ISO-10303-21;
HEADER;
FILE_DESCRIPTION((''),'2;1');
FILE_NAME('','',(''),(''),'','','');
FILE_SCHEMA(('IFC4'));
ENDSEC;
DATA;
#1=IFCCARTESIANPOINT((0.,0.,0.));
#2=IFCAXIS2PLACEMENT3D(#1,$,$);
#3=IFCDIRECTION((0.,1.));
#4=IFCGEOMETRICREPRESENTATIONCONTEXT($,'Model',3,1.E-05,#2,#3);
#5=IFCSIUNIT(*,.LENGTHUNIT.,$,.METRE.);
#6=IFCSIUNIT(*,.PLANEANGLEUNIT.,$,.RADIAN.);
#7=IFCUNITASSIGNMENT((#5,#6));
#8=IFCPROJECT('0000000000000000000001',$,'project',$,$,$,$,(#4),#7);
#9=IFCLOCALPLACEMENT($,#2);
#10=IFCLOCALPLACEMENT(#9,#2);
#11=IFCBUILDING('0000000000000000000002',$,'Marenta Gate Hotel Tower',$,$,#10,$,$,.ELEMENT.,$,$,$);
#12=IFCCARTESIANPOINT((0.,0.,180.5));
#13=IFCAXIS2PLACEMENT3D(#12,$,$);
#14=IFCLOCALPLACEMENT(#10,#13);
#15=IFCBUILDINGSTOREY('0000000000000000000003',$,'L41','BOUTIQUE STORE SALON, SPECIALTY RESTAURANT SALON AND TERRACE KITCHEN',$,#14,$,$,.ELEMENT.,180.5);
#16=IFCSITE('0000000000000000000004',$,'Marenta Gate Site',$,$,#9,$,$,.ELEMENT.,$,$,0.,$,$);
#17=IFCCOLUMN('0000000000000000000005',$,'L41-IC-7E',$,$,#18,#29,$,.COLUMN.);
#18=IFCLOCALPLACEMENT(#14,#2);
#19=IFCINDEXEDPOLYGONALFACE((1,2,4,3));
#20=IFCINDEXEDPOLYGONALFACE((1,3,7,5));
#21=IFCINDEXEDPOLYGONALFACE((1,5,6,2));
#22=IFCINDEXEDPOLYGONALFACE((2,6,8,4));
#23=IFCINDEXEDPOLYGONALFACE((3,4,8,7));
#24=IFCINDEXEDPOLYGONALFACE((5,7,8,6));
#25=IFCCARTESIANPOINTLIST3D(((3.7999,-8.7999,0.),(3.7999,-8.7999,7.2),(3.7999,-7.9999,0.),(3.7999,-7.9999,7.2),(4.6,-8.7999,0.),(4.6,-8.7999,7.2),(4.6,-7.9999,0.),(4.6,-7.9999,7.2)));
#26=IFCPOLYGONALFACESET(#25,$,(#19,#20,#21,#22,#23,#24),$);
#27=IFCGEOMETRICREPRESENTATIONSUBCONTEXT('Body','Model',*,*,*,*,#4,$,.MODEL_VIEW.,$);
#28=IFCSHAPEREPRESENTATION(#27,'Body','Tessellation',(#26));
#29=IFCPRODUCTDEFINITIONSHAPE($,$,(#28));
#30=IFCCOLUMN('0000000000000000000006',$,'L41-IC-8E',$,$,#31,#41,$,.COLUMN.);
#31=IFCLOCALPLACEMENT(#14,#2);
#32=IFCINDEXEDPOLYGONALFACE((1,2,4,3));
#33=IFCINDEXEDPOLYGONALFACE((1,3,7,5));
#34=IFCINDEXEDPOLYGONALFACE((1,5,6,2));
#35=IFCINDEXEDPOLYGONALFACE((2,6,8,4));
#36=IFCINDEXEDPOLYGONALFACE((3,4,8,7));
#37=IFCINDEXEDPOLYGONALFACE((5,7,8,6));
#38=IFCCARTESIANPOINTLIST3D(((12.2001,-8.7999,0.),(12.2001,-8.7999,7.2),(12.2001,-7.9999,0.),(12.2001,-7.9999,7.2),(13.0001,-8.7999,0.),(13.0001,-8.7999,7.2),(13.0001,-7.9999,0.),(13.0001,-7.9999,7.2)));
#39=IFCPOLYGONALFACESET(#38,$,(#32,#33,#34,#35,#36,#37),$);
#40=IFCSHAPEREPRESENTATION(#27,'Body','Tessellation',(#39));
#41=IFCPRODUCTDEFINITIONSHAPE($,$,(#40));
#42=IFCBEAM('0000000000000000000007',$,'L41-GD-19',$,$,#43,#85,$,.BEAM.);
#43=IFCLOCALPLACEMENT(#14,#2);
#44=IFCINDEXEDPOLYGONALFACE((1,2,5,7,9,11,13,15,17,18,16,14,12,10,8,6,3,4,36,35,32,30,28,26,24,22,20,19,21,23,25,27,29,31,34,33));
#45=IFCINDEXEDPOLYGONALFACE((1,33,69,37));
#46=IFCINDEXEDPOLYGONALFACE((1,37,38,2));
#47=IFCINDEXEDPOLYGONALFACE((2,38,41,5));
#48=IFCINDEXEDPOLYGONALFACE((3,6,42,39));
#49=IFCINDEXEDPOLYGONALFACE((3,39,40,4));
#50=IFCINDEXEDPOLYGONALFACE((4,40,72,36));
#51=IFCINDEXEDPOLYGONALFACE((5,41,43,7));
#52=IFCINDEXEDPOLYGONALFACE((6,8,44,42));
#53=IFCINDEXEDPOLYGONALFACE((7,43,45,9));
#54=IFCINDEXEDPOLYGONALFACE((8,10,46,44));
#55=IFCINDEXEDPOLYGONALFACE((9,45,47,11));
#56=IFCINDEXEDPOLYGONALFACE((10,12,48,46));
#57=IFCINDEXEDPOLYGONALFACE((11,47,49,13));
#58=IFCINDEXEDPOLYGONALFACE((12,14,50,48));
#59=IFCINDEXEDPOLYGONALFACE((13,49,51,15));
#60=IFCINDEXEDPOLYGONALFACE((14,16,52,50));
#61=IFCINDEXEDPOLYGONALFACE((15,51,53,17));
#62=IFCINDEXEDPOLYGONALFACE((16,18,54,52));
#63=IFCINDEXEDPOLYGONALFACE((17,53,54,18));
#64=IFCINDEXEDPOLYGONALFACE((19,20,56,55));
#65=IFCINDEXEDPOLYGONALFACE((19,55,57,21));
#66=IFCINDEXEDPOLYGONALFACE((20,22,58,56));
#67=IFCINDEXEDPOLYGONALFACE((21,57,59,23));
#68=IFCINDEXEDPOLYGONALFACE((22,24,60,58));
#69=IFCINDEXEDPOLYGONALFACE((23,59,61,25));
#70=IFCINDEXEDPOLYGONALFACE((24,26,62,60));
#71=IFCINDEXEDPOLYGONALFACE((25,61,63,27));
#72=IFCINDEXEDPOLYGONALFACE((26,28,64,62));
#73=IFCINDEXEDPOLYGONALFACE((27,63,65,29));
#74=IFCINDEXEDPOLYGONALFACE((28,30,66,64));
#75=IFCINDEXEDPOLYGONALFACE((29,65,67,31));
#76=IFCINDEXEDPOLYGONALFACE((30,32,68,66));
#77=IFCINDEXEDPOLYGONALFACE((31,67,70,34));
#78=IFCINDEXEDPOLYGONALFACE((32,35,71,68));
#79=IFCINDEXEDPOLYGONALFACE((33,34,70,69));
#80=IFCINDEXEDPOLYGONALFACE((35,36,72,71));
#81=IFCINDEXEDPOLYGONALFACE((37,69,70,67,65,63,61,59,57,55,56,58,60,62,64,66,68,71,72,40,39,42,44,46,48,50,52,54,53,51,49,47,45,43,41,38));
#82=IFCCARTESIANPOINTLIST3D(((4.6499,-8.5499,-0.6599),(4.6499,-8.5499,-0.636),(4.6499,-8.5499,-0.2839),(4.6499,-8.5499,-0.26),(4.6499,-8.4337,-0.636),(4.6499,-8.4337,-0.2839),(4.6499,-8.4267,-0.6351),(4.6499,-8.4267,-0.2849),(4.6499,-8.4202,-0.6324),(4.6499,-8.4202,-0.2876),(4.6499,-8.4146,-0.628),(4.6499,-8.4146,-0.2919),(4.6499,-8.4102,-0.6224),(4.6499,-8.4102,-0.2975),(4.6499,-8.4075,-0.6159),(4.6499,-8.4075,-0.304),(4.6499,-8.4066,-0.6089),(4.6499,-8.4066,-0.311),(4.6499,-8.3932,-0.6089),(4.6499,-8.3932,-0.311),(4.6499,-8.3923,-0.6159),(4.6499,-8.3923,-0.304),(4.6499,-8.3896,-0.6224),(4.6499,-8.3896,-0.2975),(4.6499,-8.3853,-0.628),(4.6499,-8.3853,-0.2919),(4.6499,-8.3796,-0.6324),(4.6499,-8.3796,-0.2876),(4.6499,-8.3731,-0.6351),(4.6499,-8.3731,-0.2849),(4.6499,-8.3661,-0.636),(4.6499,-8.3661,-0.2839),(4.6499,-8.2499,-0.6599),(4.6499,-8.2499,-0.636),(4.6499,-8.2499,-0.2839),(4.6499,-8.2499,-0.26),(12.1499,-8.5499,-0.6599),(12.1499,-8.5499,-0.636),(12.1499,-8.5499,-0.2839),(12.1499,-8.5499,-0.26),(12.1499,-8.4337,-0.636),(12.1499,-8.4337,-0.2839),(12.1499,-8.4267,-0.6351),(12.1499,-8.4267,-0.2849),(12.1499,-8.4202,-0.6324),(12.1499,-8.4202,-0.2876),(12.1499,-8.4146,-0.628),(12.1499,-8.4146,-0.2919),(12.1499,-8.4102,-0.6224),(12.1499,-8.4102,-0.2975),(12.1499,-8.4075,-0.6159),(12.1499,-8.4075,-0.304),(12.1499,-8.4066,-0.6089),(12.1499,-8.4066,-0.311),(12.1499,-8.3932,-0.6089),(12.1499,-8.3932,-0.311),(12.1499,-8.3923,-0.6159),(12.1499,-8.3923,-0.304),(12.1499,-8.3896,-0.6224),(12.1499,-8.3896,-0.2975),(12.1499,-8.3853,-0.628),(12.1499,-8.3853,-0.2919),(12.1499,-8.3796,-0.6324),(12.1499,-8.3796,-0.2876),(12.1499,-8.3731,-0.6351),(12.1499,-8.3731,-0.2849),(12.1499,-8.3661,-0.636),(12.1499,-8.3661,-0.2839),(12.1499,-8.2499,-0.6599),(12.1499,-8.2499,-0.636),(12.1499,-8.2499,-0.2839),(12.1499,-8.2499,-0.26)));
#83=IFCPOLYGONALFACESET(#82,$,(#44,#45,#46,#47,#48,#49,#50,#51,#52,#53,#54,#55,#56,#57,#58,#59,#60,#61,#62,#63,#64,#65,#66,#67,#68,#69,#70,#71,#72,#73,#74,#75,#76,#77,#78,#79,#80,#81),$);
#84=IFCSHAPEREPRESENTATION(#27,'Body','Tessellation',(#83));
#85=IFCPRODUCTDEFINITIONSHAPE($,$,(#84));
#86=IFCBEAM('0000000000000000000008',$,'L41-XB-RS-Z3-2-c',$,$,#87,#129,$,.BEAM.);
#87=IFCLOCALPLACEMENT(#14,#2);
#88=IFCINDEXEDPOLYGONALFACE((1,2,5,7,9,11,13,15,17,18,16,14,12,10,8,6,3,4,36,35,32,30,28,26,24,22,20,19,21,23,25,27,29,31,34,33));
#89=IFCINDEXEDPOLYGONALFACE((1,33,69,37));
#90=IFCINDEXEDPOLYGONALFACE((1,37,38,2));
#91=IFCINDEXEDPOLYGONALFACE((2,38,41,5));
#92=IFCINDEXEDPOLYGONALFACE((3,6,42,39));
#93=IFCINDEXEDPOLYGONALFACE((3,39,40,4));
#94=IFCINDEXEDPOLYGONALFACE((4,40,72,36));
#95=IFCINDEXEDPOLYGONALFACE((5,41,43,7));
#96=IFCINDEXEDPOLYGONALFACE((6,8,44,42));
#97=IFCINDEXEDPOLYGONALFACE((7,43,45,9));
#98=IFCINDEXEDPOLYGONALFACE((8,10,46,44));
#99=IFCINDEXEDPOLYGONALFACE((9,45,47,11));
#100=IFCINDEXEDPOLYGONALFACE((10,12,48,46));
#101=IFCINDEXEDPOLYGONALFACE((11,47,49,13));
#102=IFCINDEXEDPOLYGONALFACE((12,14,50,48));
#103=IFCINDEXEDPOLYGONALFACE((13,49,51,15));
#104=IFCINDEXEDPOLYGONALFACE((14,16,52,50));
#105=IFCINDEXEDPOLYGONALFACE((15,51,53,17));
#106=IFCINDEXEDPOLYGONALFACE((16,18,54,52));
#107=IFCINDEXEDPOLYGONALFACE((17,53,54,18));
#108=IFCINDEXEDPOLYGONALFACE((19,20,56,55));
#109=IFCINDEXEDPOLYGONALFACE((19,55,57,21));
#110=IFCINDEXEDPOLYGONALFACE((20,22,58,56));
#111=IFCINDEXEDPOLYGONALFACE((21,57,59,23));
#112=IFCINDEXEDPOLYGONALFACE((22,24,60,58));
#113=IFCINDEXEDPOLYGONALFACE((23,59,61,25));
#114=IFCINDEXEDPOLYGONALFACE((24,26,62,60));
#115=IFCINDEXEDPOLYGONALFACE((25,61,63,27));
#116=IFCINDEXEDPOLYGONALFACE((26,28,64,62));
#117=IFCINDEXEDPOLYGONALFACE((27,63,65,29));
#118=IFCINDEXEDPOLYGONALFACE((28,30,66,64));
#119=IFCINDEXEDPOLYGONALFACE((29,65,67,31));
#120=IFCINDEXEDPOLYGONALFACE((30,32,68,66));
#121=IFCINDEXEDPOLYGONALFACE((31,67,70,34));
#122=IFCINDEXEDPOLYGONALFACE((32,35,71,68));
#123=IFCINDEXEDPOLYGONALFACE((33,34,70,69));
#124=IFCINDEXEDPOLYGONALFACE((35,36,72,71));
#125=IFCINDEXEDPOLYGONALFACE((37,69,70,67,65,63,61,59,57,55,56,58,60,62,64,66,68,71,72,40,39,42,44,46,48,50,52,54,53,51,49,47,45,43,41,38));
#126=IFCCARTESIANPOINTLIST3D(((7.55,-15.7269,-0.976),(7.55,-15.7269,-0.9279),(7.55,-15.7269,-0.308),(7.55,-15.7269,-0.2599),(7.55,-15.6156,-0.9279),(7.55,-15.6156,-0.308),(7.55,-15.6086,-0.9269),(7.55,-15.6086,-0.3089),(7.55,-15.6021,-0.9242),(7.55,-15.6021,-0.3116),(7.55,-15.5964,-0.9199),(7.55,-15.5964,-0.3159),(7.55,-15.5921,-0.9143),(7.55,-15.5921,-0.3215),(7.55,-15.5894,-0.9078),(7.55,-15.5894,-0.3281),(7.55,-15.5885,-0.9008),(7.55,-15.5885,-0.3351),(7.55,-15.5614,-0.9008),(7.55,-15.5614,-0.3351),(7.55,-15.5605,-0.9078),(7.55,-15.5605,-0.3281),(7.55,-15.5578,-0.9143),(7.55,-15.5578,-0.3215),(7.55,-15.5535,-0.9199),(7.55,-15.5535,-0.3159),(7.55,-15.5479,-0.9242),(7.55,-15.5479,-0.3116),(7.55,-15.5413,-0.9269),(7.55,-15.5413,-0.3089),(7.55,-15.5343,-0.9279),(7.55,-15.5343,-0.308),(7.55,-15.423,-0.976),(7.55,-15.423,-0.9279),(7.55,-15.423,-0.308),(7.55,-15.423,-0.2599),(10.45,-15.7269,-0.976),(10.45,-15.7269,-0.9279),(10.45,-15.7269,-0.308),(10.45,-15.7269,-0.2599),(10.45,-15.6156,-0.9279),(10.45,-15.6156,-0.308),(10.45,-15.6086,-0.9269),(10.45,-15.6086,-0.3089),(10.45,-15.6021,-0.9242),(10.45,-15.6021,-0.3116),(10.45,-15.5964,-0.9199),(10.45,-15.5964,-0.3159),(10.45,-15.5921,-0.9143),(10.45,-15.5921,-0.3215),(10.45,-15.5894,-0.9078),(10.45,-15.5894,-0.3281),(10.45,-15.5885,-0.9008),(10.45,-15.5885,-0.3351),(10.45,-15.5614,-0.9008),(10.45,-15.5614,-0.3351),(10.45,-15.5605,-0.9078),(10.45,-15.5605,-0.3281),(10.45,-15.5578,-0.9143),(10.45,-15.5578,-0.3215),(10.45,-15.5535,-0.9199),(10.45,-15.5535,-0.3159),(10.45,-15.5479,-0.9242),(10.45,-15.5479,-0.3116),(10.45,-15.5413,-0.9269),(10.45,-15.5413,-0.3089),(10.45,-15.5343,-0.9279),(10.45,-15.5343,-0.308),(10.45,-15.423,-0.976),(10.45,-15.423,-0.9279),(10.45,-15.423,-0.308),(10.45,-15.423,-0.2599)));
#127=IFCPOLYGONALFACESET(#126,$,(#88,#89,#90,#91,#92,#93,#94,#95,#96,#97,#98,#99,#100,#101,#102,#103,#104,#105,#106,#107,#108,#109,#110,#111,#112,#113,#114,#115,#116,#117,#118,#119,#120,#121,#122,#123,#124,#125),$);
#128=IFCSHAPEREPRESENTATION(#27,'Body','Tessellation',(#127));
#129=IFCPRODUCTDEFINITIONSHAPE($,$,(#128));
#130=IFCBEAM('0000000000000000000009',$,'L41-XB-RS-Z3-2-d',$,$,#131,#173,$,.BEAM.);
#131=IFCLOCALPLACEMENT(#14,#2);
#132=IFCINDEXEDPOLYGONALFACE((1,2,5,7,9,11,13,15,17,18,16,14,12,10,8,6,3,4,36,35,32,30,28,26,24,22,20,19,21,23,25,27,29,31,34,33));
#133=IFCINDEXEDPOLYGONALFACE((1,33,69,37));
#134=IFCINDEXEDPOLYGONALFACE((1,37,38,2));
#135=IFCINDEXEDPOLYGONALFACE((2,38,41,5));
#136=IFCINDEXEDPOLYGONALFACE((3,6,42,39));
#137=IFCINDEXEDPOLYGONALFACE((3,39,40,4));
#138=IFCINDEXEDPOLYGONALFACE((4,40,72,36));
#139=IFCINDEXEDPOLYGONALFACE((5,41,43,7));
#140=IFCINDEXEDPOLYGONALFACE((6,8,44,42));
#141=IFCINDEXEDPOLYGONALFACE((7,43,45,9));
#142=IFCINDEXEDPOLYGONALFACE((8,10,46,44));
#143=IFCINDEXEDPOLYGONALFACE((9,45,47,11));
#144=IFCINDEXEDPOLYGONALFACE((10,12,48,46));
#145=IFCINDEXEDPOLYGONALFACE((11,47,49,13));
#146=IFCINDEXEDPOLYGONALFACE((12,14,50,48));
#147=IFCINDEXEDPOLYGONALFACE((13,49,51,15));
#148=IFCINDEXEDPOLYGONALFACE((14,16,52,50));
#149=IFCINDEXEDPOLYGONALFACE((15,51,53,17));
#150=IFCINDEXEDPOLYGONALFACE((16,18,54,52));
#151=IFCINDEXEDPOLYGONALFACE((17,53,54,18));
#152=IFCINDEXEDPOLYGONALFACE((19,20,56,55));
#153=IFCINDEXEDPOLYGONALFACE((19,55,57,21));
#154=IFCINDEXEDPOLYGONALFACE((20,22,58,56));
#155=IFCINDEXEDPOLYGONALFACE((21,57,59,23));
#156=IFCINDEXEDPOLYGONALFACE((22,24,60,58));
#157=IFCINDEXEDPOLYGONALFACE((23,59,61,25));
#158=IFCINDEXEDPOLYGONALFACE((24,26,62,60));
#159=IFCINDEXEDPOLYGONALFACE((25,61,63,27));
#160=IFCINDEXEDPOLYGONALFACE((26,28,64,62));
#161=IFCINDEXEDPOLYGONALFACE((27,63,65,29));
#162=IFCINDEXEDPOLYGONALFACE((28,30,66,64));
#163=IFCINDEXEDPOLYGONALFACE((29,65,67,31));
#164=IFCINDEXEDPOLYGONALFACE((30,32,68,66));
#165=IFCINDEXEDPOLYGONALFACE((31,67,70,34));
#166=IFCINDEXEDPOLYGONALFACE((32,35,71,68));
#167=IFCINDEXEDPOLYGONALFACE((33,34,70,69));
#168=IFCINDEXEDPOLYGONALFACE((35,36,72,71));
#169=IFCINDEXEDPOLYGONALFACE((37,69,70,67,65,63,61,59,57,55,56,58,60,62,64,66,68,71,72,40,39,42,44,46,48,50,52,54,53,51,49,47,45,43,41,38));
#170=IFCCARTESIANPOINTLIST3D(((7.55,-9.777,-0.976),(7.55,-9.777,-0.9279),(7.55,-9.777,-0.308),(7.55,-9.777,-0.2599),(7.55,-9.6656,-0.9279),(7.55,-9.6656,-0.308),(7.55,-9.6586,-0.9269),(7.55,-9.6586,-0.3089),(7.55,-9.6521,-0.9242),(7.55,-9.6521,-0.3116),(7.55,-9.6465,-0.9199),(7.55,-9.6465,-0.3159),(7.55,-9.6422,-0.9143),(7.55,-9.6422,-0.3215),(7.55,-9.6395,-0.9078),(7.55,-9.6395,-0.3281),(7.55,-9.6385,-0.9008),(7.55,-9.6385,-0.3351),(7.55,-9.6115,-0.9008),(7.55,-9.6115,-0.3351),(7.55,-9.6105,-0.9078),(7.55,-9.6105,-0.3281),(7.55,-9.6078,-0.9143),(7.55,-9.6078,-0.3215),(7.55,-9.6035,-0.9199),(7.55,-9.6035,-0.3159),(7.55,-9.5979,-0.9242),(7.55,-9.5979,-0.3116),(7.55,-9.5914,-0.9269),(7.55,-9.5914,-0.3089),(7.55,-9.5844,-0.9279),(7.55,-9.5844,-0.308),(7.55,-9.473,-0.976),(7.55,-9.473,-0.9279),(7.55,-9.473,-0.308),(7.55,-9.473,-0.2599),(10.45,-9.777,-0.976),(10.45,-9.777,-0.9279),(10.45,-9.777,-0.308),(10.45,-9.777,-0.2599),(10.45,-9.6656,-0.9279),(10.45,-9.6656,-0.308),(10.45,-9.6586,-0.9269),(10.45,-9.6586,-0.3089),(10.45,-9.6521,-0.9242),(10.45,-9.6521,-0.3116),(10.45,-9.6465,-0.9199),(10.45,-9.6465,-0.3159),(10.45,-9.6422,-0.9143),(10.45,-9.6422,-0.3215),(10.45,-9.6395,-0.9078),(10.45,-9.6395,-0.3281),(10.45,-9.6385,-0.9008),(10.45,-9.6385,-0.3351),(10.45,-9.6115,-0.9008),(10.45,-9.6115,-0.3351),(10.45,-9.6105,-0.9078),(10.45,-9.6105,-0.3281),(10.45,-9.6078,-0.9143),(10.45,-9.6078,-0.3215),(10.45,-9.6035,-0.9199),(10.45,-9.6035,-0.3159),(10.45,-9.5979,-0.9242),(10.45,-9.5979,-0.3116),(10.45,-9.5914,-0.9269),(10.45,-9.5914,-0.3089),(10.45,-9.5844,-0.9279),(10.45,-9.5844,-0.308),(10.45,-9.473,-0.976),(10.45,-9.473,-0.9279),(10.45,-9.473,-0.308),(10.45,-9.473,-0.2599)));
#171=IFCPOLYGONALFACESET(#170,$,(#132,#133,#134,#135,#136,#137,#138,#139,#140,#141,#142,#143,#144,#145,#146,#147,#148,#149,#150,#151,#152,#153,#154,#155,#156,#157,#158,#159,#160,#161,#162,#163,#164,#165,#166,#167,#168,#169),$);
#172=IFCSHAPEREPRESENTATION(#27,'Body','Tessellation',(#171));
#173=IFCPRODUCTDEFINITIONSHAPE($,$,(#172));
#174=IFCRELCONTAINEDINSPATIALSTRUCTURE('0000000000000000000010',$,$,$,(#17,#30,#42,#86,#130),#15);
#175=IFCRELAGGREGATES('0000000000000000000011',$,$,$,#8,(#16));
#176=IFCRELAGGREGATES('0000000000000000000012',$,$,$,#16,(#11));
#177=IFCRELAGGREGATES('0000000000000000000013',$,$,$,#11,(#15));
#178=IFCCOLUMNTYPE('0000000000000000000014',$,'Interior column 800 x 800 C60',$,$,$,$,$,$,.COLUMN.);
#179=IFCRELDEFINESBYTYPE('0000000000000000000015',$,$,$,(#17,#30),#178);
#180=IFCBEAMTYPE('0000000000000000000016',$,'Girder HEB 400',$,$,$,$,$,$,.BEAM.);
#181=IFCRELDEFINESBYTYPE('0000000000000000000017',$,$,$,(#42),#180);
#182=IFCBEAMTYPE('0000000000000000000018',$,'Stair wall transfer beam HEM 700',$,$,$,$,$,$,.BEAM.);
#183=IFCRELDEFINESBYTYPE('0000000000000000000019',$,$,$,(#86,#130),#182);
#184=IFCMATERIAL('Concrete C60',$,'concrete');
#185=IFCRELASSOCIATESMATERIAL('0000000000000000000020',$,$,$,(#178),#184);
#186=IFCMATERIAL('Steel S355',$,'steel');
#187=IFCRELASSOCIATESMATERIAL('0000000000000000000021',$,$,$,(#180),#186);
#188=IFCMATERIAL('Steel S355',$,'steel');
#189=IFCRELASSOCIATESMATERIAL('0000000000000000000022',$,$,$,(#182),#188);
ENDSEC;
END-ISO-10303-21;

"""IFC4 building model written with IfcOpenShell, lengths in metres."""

from ifc_helpers import new_model, si_unit, direction, frame, origin, origin_2d, place, context, subcontext, project, spatial, rectangle, i_section, extrude, material, material_profile, profile_set, type_object, element, save


model = new_model("IFC4")

# Units and contexts
model_context = context("Model", 3, precision=1e-05, world=origin(), true_north=direction((0.0, 1.0)))
body_context = subcontext(model_context, "Body", "Model", "MODEL_VIEW")
ifc_project = project(units=[si_unit("LENGTHUNIT", "METRE"), si_unit("PLANEANGLEUNIT", "RADIAN")], contexts=[model_context])

# Site, building, storey
site_placement = place(None, origin())
site = spatial("IfcSite", under=ifc_project, at=site_placement, Name="Marenta Gate Site", CompositionType="ELEMENT", RefElevation=0.0)
building_placement = place(site_placement, origin())
building = spatial("IfcBuilding", under=site, at=building_placement, Name="Marenta Gate Hotel Tower", CompositionType="ELEMENT")
storey_placement = place(building_placement, frame((0.0, 0.0, 180.5)))
storey = spatial("IfcBuildingStorey", under=building, at=storey_placement, Name="L41", Description="BOUTIQUE STORE SALON, SPECIALTY RESTAURANT SALON AND TERRACE KITCHEN", CompositionType="ELEMENT", Elevation=180.5)

# Columns
ifc_material_1 = material(Name="Concrete C60", Category="concrete")
ifc_material_profile_1 = material_profile(ifc_material_1, rectangle(XDim=0.8, YDim=0.8, at=origin_2d()), Name="800 x 800")
ifc_profile_set_1 = profile_set([ifc_material_profile_1], Name="Concrete C60")
column_type = type_object("IfcColumnType", Name="Interior column 800 x 800 C60", PredefinedType="COLUMN", material=ifc_profile_set_1)
for number, where, z_axis, x_axis, name in (
    (1, (4.2, -8.3999, 0.0), (0.0, 0.0, 1.0), (1.0, 0.0, 0.0), "L41-IC-7E"),
    (2, (12.6001, -8.3999, 0.0), (0.0, 0.0, 1.0), (1.0, 0.0, 0.0), "L41-IC-8E"),
):
    element("IfcColumn", number, at=place(storey_placement, frame(where, z_axis=z_axis, x_axis=x_axis)), inside=storey, type_object=column_type, Name=name, PredefinedType="COLUMN", context=body_context, shape_type="SweptSolid", body=[
        extrude(rectangle(XDim=0.8, YDim=0.8, at=origin_2d()), origin(), (0.0, 0.0, 1.0), 7.2),
    ])

# Beams
ifc_material_2 = material(Name="Steel S355", Category="steel")
ifc_material_profile_2 = material_profile(ifc_material_2, i_section(OverallWidth=0.3, OverallDepth=0.3999, WebThickness=0.0134, FlangeThickness=0.0239, FilletRadius=0.0271, at=origin_2d()), Name="HEB 400")
ifc_profile_set_2 = profile_set([ifc_material_profile_2], Name="Steel S355")
beam_type_1 = type_object("IfcBeamType", Name="Girder HEB 400", PredefinedType="BEAM", material=ifc_profile_set_2)
beam_placement = place(storey_placement, frame((4.6499, -8.3999, -0.46), z_axis=(1.0, 0.0, 0.0), x_axis=(0.0, 1.0, 0.0)))
element("IfcBeam", 3, at=beam_placement, inside=storey, type_object=beam_type_1, Name="L41-GD-19", PredefinedType="BEAM", context=body_context, shape_type="SweptSolid", body=[
    extrude(i_section(OverallWidth=0.3, OverallDepth=0.3999, WebThickness=0.0134, FlangeThickness=0.0239, FilletRadius=0.0271, at=origin_2d()), origin(), (0.0, 0.0, 1.0), 7.5),
])
ifc_material_3 = material(Name="Steel S355", Category="steel")
ifc_material_profile_3 = material_profile(ifc_material_3, i_section(OverallWidth=0.304, OverallDepth=0.7161, WebThickness=0.0271, FlangeThickness=0.0481, FilletRadius=0.0271, at=origin_2d()), Name="HEM 700")
ifc_profile_set_3 = profile_set([ifc_material_profile_3], Name="Steel S355")
beam_type_2 = type_object("IfcBeamType", Name="Stair wall transfer beam HEM 700", PredefinedType="BEAM", material=ifc_profile_set_3)
for number, where, z_axis, x_axis, name in (
    (4, (7.55, -15.575, -0.6179), (1.0, 0.0, 0.0), (0.0, 1.0, 0.0), "L41-XB-RS-Z3-2-c"),
    (5, (7.55, -9.625, -0.6179), (1.0, 0.0, 0.0), (0.0, 1.0, 0.0), "L41-XB-RS-Z3-2-d"),
):
    element("IfcBeam", number, at=place(storey_placement, frame(where, z_axis=z_axis, x_axis=x_axis)), inside=storey, type_object=beam_type_2, Name=name, PredefinedType="BEAM", context=body_context, shape_type="SweptSolid", body=[
        extrude(i_section(OverallWidth=0.304, OverallDepth=0.7161, WebThickness=0.0271, FlangeThickness=0.0481, FilletRadius=0.0271, at=origin_2d()), origin(), (0.0, 0.0, 1.0), 2.8999),
    ])

save(model, "model.ifc")
